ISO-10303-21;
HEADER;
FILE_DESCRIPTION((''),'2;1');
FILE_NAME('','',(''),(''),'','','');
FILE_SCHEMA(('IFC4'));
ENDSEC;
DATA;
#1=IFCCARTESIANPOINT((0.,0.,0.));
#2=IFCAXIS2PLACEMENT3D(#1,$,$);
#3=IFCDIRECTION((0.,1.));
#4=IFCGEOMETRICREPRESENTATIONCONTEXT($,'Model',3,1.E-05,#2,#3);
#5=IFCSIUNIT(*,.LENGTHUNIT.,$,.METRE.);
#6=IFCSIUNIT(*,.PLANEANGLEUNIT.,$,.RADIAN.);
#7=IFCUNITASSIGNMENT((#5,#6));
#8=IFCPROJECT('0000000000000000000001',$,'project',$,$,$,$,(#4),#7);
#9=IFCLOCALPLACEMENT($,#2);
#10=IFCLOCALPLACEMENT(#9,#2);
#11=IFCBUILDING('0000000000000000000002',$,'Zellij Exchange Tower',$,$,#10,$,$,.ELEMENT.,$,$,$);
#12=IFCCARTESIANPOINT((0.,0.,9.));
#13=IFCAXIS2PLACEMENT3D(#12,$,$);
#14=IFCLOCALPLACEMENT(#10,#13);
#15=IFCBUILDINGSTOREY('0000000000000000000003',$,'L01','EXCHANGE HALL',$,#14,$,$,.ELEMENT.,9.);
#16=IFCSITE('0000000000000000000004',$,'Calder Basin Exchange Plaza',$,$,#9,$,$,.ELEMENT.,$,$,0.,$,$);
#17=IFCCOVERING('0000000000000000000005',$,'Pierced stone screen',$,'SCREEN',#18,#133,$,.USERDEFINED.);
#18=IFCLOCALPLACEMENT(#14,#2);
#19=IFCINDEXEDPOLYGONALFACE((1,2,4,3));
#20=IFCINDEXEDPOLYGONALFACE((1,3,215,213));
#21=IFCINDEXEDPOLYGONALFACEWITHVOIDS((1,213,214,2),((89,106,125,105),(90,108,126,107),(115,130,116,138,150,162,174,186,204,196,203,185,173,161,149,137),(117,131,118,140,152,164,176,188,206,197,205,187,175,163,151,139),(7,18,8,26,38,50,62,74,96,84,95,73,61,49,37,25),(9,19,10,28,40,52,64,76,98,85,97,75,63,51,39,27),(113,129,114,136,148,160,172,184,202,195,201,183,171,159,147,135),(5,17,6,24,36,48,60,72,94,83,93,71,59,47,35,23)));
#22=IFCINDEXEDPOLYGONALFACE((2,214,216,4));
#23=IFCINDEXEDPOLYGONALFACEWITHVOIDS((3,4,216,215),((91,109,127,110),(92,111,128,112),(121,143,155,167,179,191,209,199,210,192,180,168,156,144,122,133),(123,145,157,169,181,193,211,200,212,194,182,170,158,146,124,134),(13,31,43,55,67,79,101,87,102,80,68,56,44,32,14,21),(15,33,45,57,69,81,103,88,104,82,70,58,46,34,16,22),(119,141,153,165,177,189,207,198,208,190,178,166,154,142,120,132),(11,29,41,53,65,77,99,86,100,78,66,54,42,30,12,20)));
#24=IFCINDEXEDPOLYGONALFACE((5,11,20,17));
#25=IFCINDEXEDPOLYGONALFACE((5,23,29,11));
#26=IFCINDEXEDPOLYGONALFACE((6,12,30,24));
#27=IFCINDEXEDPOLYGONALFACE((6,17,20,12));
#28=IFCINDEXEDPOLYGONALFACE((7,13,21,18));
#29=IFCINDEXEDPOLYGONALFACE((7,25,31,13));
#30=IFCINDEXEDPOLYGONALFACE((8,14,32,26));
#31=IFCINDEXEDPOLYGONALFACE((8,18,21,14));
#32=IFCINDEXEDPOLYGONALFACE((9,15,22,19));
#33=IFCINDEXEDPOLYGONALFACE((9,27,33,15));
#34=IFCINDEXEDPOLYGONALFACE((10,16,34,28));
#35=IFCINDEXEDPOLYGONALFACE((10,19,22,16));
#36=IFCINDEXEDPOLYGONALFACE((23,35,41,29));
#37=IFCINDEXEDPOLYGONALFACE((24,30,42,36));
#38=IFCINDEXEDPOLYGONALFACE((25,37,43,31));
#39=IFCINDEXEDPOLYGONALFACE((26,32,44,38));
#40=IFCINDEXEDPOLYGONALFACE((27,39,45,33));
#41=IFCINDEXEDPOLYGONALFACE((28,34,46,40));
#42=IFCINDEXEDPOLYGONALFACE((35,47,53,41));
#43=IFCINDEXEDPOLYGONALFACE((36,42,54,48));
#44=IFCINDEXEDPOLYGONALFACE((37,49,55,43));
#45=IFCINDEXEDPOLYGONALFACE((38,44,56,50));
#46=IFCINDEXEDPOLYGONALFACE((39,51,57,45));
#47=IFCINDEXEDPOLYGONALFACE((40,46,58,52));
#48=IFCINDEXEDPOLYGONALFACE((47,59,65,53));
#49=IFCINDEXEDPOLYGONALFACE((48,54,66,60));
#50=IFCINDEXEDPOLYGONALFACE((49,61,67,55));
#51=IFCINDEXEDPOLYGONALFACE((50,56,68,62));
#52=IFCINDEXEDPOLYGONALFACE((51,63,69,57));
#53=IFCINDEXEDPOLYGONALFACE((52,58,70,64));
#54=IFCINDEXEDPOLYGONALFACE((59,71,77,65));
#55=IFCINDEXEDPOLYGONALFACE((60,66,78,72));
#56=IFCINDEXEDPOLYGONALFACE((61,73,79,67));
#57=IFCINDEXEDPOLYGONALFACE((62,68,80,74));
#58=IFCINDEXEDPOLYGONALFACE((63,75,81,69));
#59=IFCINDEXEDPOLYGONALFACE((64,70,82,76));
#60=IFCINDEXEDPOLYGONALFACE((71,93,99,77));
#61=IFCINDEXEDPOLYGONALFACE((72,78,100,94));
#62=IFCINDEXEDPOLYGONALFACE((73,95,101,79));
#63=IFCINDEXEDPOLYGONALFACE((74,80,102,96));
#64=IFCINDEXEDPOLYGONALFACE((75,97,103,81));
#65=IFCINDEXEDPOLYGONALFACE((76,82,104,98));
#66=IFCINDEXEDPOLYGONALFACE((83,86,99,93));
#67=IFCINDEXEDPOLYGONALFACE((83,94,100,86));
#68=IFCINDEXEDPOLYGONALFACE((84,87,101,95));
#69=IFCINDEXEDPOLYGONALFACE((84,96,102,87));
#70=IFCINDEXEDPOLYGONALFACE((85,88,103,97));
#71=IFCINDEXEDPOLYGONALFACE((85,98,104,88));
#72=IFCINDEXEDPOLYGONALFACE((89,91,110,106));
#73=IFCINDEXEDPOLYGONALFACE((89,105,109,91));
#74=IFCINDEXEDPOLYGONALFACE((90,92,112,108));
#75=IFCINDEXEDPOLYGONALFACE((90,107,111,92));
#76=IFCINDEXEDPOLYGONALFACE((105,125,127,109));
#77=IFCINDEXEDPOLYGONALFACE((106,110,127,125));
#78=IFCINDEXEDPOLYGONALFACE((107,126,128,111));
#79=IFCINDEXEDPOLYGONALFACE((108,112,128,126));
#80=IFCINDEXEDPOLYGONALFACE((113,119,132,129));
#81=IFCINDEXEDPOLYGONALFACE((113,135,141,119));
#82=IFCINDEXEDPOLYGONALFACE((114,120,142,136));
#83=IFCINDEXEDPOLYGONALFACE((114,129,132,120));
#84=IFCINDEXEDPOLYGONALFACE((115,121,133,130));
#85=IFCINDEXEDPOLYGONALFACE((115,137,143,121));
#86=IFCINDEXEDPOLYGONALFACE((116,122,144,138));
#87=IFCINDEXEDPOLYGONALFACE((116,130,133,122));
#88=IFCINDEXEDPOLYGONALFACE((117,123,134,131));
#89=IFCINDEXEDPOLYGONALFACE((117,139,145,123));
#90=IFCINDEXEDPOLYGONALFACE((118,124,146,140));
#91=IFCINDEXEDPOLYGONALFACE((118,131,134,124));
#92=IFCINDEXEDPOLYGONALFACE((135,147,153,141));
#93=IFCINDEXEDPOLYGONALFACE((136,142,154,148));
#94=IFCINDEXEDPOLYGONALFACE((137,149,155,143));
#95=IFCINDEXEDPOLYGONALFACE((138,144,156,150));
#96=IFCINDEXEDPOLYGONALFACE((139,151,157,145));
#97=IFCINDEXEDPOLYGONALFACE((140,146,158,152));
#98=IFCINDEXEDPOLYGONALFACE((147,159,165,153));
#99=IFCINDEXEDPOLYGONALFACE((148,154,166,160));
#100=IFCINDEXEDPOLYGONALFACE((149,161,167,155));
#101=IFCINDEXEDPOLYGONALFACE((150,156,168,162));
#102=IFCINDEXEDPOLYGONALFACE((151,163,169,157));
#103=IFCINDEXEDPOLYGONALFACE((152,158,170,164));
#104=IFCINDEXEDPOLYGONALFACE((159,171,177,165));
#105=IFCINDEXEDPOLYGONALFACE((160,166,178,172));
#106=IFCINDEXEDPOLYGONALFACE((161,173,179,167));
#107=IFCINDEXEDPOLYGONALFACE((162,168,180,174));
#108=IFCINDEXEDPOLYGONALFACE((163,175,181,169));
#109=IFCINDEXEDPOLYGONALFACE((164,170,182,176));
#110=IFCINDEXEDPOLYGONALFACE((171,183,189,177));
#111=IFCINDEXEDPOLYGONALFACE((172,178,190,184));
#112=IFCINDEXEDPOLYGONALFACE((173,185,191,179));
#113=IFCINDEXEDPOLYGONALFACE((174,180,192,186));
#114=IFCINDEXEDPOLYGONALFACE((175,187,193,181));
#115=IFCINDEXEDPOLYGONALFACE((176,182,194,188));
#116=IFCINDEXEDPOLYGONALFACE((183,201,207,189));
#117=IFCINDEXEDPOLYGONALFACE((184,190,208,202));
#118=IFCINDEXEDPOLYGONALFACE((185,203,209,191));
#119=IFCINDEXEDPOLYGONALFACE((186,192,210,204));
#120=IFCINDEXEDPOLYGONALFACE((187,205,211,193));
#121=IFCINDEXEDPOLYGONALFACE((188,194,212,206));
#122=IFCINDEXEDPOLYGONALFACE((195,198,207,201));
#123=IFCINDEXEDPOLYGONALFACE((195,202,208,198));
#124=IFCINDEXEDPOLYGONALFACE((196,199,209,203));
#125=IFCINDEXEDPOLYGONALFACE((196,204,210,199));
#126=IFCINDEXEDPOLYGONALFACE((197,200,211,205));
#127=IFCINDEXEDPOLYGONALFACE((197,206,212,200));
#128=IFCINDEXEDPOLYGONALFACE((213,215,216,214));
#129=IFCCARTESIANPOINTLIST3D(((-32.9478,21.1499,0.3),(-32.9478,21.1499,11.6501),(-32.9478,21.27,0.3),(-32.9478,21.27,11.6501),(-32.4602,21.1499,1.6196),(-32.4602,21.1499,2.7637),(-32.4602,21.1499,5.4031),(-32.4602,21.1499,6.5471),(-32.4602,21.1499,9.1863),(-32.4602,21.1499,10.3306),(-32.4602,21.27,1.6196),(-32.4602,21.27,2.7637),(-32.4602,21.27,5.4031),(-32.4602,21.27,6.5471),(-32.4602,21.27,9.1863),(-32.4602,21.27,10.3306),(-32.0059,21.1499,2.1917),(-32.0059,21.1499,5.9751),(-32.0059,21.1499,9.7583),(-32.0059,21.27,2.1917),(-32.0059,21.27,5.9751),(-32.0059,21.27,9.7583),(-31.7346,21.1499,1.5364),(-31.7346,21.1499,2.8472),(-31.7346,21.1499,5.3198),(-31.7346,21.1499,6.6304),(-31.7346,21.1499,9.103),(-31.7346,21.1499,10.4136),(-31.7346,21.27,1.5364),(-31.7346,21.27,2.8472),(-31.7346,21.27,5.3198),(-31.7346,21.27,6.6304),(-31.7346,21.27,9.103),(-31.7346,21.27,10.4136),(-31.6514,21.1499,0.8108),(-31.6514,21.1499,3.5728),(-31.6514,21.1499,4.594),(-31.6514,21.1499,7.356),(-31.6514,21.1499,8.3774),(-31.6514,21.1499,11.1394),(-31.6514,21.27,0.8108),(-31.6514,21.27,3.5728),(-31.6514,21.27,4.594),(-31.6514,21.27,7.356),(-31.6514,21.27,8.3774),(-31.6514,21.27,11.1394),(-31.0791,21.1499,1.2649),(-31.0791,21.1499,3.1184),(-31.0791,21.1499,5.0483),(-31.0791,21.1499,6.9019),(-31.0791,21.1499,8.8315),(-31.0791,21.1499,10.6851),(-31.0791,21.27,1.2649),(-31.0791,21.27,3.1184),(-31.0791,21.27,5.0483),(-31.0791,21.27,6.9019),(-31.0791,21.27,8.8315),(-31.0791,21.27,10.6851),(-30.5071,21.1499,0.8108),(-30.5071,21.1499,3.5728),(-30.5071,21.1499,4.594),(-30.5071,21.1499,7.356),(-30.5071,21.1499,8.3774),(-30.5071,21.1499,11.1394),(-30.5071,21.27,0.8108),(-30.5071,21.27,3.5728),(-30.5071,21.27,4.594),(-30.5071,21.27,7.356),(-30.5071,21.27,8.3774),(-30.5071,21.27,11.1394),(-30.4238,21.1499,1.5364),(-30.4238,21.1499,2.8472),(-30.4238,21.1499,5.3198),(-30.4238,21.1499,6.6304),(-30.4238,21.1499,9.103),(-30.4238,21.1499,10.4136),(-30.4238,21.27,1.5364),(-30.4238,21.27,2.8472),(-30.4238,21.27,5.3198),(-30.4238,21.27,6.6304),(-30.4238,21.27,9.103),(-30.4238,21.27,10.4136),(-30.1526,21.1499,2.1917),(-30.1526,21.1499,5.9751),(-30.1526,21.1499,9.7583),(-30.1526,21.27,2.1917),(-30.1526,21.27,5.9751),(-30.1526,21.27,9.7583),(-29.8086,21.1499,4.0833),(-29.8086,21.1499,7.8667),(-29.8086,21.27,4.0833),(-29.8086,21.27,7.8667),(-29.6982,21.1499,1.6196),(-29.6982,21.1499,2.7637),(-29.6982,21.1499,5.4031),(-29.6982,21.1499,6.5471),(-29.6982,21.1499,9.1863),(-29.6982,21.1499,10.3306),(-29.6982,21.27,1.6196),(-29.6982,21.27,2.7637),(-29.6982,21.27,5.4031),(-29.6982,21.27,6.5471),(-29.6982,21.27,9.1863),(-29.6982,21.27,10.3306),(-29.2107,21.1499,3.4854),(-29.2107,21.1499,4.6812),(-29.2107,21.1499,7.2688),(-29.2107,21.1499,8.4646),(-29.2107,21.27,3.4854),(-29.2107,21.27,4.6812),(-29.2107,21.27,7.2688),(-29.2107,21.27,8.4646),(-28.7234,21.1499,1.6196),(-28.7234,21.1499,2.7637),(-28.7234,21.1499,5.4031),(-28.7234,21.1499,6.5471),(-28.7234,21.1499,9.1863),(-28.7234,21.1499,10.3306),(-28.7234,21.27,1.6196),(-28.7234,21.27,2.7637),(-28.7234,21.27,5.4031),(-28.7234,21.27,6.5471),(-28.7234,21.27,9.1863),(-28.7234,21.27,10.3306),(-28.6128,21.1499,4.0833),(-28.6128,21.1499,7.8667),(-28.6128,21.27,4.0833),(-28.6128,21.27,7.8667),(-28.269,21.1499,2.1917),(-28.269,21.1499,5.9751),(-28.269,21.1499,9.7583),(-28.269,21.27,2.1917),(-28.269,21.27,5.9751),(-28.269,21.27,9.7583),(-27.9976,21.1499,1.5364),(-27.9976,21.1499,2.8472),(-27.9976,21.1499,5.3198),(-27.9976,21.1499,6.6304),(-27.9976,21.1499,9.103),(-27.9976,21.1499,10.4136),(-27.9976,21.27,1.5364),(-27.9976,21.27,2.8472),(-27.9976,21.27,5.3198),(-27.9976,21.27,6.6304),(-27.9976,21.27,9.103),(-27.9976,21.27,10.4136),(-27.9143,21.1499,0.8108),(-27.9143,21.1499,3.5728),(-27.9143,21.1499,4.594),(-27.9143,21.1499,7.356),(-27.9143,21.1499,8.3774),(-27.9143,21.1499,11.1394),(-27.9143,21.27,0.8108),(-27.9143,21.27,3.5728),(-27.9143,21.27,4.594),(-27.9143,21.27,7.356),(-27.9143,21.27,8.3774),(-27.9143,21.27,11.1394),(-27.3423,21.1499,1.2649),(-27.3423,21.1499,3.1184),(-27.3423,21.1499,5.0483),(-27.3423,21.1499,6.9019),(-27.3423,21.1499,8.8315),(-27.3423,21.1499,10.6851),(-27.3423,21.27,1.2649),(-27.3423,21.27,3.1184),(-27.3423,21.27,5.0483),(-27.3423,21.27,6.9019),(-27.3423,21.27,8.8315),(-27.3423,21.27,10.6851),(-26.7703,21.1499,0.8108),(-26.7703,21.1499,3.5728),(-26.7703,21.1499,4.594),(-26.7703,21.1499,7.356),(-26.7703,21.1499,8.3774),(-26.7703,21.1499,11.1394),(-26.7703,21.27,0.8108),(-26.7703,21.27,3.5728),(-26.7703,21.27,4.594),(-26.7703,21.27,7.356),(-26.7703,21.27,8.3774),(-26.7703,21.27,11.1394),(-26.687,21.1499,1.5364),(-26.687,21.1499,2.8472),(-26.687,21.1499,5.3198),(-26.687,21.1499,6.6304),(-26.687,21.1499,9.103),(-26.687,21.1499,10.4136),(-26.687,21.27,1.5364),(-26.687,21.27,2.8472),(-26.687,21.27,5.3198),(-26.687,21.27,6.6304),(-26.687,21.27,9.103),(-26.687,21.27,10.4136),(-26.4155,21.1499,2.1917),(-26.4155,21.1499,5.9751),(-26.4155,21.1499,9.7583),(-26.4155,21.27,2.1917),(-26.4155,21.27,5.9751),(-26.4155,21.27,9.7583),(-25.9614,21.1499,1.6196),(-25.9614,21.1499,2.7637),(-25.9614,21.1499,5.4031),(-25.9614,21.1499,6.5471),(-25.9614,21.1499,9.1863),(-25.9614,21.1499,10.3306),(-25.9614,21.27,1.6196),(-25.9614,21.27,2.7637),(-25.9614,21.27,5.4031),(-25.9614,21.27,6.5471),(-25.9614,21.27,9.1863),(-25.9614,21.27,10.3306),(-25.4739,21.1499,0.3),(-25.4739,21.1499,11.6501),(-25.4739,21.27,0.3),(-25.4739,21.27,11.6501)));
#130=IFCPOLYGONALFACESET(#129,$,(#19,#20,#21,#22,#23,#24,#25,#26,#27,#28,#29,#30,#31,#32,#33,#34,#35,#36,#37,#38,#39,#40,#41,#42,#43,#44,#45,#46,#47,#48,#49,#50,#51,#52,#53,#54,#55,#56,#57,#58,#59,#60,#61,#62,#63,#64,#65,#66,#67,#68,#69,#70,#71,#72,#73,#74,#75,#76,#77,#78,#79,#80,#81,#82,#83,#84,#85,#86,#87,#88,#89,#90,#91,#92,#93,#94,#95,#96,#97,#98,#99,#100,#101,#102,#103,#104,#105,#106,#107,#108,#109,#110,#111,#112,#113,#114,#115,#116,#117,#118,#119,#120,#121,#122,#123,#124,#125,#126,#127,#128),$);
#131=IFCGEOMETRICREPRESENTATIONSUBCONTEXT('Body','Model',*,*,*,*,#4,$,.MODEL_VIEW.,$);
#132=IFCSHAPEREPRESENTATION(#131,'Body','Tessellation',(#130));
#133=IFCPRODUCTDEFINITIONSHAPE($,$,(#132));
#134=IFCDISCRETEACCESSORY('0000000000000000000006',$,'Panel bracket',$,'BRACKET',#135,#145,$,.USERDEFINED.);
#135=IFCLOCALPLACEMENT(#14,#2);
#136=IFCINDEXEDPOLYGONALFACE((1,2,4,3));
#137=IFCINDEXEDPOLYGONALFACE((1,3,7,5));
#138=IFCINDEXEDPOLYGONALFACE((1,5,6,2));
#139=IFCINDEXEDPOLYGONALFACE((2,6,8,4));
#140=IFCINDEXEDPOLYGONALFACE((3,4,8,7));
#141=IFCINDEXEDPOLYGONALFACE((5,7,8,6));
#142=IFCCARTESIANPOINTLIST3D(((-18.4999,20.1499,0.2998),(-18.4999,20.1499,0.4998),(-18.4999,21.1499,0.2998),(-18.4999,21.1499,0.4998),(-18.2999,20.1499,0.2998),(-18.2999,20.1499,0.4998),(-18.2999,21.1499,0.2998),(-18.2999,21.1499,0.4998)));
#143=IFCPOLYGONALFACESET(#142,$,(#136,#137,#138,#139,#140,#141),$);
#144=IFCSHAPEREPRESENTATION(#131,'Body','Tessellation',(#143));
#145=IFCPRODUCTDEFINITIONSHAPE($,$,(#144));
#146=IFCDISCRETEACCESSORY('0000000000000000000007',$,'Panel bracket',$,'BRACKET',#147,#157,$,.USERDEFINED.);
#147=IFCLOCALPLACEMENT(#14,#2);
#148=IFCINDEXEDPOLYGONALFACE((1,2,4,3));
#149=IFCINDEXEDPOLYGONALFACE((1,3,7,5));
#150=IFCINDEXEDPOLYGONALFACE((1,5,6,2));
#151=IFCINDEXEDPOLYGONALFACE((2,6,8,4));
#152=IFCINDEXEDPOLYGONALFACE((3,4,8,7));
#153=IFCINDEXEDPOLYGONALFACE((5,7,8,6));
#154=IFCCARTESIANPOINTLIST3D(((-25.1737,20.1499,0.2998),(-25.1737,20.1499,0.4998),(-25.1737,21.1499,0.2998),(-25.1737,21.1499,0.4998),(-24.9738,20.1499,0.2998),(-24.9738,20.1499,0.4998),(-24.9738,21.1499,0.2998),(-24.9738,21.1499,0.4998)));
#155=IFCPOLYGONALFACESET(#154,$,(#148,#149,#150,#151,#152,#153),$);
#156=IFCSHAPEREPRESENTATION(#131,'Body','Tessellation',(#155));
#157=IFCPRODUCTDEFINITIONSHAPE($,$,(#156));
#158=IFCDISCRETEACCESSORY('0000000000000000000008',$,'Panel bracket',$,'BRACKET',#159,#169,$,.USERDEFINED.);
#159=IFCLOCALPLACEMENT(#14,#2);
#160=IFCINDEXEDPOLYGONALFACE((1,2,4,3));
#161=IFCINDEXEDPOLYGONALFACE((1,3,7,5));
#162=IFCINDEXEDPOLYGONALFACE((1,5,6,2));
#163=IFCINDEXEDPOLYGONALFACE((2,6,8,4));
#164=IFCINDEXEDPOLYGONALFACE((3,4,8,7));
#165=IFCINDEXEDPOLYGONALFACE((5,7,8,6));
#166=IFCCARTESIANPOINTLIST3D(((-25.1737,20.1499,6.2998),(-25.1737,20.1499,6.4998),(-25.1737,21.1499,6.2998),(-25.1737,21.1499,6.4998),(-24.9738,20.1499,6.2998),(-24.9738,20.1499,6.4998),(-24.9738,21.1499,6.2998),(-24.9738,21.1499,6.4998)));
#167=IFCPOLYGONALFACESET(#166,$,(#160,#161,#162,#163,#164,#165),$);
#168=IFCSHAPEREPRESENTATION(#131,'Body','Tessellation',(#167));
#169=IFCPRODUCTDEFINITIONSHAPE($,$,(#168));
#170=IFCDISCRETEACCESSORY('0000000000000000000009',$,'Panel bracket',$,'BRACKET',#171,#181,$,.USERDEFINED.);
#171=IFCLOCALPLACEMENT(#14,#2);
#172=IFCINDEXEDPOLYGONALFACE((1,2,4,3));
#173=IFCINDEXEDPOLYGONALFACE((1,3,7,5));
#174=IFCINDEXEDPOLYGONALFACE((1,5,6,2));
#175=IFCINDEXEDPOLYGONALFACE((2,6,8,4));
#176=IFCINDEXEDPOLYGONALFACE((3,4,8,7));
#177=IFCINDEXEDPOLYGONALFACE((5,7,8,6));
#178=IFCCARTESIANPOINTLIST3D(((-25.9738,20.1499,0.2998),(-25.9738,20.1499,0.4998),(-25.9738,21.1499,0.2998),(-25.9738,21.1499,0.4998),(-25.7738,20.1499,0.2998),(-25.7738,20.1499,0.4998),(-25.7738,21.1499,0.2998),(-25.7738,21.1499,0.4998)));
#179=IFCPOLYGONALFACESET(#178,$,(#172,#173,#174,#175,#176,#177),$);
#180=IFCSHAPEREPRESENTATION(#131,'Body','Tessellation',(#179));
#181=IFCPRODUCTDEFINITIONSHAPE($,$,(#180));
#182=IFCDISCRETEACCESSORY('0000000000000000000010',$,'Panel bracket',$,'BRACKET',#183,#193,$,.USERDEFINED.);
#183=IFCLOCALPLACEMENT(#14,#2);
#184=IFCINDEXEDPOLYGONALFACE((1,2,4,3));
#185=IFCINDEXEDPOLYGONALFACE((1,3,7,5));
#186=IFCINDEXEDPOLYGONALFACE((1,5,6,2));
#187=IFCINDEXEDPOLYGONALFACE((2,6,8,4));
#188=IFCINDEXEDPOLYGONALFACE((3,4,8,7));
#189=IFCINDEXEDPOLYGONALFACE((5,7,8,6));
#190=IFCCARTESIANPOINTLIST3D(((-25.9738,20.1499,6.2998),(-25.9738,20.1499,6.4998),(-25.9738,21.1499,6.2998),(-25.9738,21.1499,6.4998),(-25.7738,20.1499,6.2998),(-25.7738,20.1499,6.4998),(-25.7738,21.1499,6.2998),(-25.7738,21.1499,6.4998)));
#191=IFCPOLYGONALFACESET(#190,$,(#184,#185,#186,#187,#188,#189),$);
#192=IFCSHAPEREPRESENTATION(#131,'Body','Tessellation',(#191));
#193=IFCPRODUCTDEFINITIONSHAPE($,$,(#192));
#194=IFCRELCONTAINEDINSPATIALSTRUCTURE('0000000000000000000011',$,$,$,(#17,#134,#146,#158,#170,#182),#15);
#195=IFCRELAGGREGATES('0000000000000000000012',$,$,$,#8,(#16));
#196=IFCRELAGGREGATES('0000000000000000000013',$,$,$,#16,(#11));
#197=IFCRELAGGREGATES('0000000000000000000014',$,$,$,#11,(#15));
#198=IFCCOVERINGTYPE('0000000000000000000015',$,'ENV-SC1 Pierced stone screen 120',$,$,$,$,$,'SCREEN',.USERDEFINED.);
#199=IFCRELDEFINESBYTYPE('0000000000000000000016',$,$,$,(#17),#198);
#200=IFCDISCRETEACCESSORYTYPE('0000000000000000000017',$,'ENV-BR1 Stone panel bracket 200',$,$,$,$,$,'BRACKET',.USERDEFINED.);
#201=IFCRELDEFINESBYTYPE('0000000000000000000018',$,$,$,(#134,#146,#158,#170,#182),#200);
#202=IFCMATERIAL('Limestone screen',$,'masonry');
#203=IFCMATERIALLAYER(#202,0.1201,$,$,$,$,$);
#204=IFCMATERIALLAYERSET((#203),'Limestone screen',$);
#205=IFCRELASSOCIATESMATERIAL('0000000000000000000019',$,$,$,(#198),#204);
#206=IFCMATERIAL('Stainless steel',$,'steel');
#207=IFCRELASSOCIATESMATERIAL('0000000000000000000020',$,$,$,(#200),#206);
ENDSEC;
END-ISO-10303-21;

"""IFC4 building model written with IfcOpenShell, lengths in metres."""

from ifc_helpers import new_model, si_unit, direction, frame, origin, origin_2d, place, context, subcontext, project, spatial, polyline, rectangle, outline, extrude, material, layer, layer_set, type_object, element, save


model = new_model("IFC4")

# Units and contexts
model_context = context("Model", 3, precision=1e-05, world=origin(), true_north=direction((0.0, 1.0)))
body_context = subcontext(model_context, "Body", "Model", "MODEL_VIEW")
ifc_project = project(units=[si_unit("LENGTHUNIT", "METRE"), si_unit("PLANEANGLEUNIT", "RADIAN")], contexts=[model_context])

# Site, building, storey
site_placement = place(None, origin())
site = spatial("IfcSite", under=ifc_project, at=site_placement, Name="Calder Basin Exchange Plaza", CompositionType="ELEMENT", RefElevation=0.0)
building_placement = place(site_placement, origin())
building = spatial("IfcBuilding", under=site, at=building_placement, Name="Zellij Exchange Tower", CompositionType="ELEMENT")
storey_placement = place(building_placement, frame((0.0, 0.0, 9.0)))
storey = spatial("IfcBuildingStorey", under=building, at=storey_placement, Name="L01", Description="EXCHANGE HALL", CompositionType="ELEMENT", Elevation=9.0)

# Covering
ifc_material_1 = material(Name="Limestone screen", Category="masonry")
ifc_layer_1 = layer(ifc_material_1, 0.1201)
ifc_layer_set_1 = layer_set([ifc_layer_1], Name="Limestone screen")
covering_type = type_object("IfcCoveringType", Name="ENV-SC1 Pierced stone screen 120", ElementType="SCREEN", PredefinedType="USERDEFINED", material=ifc_layer_set_1)
covering_placement = place(storey_placement, frame((-25.4739, 21.21, 0.3), z_axis=(0.0, 0.0, 1.0), x_axis=(-1.0, 0.0, 0.0)))
element("IfcCovering", 1, at=covering_placement, inside=storey, type_object=covering_type, Name="Pierced stone screen", ObjectType="SCREEN", PredefinedType="USERDEFINED", context=body_context, shape_type="SweptSolid", body=[
    extrude(outline(polyline([(0.0, 0.0), (7.4739, 0.0), (7.4739, 11.3501), (0.0, 11.3501), (0.0, 0.0)]), holes=[polyline([(3.2495, 2.4636), (2.5237, 2.5471), (2.4404, 3.2727), (1.8684, 2.8184), (1.2964, 3.2727), (1.2131, 2.5471), (0.4875, 2.4636), (0.9417, 1.8916), (0.4875, 1.3196), (1.2131, 1.2363), (1.2964, 0.5107), (1.8684, 0.9648), (2.4404, 0.5107), (2.5237, 1.2363), (3.2495, 1.3196), (2.7952, 1.8916), (3.2495, 2.4636)]), polyline([(3.2495, 6.2471), (2.5237, 6.3303), (2.4404, 7.0559), (1.8684, 6.6018), (1.2964, 7.0559), (1.2131, 6.3303), (0.4875, 6.2471), (0.9417, 5.675), (0.4875, 5.103), (1.2131, 5.0198), (1.2964, 4.2939), (1.8684, 4.7483), (2.4404, 4.2939), (2.5237, 5.0198), (3.2495, 5.103), (2.7952, 5.675), (3.2495, 6.2471)]), polyline([(3.2495, 10.0305), (2.5237, 10.1135), (2.4404, 10.8394), (1.8684, 10.385), (1.2964, 10.8394), (1.2131, 10.1135), (0.4875, 10.0305), (0.9417, 9.4583), (0.4875, 8.8862), (1.2131, 8.803), (1.2964, 8.0774), (1.8684, 8.5315), (2.4404, 8.0774), (2.5237, 8.803), (3.2495, 8.8862), (2.7952, 9.4583), (3.2495, 10.0305)]), polyline([(6.9863, 2.4636), (6.2607, 2.5471), (6.1775, 3.2727), (5.6052, 2.8184), (5.0332, 3.2727), (4.95, 2.5471), (4.2244, 2.4636), (4.6787, 1.8916), (4.2244, 1.3196), (4.95, 1.2363), (5.0332, 0.5107), (5.6052, 0.9648), (6.1775, 0.5107), (6.2607, 1.2363), (6.9863, 1.3196), (6.532, 1.8916), (6.9863, 2.4636)]), polyline([(6.9863, 6.2471), (6.2607, 6.3303), (6.1775, 7.0559), (5.6052, 6.6018), (5.0332, 7.0559), (4.95, 6.3303), (4.2244, 6.2471), (4.6787, 5.675), (4.2244, 5.103), (4.95, 5.0198), (5.0332, 4.2939), (5.6052, 4.7483), (6.1775, 4.2939), (6.2607, 5.0198), (6.9863, 5.103), (6.532, 5.675), (6.9863, 6.2471)]), polyline([(6.9863, 10.0305), (6.2607, 10.1135), (6.1775, 10.8394), (5.6052, 10.385), (5.0332, 10.8394), (4.95, 10.1135), (4.2244, 10.0305), (4.6787, 9.4583), (4.2244, 8.8862), (4.95, 8.803), (5.0332, 8.0774), (5.6052, 8.5315), (6.1775, 8.0774), (6.2607, 8.803), (6.9863, 8.8862), (6.532, 9.4583), (6.9863, 10.0305)]), polyline([(4.3347, 3.7832), (3.7368, 4.3811), (3.1389, 3.7832), (3.7368, 3.1853), (4.3347, 3.7832)]), polyline([(4.3347, 7.5667), (3.7368, 8.1646), (3.1389, 7.5667), (3.7368, 6.9688), (4.3347, 7.5667)])]), frame((0.0, 0.0601, 0.0), z_axis=(0.0, -1.0, 0.0), x_axis=(1.0, 0.0, 0.0)), (0.0, 0.0, 1.0), 0.1201),
])

# Discrete accessories
ifc_material_2 = material(Name="Stainless steel", Category="steel")
discrete_accessory_type = type_object("IfcDiscreteAccessoryType", Name="ENV-BR1 Stone panel bracket 200", ElementType="BRACKET", PredefinedType="USERDEFINED", material=ifc_material_2)
for number, where, z_axis, x_axis, name in (
    (2, (-18.3999, 20.6499, 0.2998), (0.0, 0.0, 1.0), (-1.0, 0.0, 0.0), "Panel bracket"),
    (3, (-25.0737, 20.6499, 0.2998), (0.0, 0.0, 1.0), (-1.0, 0.0, 0.0), "Panel bracket"),
    (4, (-25.0737, 20.6499, 6.2998), (0.0, 0.0, 1.0), (-1.0, 0.0, 0.0), "Panel bracket"),
    (5, (-25.8738, 20.6499, 0.2998), (0.0, 0.0, 1.0), (-1.0, 0.0, 0.0), "Panel bracket"),
    (6, (-25.8738, 20.6499, 6.2998), (0.0, 0.0, 1.0), (-1.0, 0.0, 0.0), "Panel bracket"),
):
    element("IfcDiscreteAccessory", number, at=place(storey_placement, frame(where, z_axis=z_axis, x_axis=x_axis)), inside=storey, type_object=discrete_accessory_type, Name=name, ObjectType="BRACKET", PredefinedType="USERDEFINED", context=body_context, shape_type="SweptSolid", body=[
        extrude(rectangle(XDim=0.2, YDim=1.0, at=origin_2d()), origin(), (0.0, 0.0, 1.0), 0.2),
    ])

save(model, "model.ifc")
